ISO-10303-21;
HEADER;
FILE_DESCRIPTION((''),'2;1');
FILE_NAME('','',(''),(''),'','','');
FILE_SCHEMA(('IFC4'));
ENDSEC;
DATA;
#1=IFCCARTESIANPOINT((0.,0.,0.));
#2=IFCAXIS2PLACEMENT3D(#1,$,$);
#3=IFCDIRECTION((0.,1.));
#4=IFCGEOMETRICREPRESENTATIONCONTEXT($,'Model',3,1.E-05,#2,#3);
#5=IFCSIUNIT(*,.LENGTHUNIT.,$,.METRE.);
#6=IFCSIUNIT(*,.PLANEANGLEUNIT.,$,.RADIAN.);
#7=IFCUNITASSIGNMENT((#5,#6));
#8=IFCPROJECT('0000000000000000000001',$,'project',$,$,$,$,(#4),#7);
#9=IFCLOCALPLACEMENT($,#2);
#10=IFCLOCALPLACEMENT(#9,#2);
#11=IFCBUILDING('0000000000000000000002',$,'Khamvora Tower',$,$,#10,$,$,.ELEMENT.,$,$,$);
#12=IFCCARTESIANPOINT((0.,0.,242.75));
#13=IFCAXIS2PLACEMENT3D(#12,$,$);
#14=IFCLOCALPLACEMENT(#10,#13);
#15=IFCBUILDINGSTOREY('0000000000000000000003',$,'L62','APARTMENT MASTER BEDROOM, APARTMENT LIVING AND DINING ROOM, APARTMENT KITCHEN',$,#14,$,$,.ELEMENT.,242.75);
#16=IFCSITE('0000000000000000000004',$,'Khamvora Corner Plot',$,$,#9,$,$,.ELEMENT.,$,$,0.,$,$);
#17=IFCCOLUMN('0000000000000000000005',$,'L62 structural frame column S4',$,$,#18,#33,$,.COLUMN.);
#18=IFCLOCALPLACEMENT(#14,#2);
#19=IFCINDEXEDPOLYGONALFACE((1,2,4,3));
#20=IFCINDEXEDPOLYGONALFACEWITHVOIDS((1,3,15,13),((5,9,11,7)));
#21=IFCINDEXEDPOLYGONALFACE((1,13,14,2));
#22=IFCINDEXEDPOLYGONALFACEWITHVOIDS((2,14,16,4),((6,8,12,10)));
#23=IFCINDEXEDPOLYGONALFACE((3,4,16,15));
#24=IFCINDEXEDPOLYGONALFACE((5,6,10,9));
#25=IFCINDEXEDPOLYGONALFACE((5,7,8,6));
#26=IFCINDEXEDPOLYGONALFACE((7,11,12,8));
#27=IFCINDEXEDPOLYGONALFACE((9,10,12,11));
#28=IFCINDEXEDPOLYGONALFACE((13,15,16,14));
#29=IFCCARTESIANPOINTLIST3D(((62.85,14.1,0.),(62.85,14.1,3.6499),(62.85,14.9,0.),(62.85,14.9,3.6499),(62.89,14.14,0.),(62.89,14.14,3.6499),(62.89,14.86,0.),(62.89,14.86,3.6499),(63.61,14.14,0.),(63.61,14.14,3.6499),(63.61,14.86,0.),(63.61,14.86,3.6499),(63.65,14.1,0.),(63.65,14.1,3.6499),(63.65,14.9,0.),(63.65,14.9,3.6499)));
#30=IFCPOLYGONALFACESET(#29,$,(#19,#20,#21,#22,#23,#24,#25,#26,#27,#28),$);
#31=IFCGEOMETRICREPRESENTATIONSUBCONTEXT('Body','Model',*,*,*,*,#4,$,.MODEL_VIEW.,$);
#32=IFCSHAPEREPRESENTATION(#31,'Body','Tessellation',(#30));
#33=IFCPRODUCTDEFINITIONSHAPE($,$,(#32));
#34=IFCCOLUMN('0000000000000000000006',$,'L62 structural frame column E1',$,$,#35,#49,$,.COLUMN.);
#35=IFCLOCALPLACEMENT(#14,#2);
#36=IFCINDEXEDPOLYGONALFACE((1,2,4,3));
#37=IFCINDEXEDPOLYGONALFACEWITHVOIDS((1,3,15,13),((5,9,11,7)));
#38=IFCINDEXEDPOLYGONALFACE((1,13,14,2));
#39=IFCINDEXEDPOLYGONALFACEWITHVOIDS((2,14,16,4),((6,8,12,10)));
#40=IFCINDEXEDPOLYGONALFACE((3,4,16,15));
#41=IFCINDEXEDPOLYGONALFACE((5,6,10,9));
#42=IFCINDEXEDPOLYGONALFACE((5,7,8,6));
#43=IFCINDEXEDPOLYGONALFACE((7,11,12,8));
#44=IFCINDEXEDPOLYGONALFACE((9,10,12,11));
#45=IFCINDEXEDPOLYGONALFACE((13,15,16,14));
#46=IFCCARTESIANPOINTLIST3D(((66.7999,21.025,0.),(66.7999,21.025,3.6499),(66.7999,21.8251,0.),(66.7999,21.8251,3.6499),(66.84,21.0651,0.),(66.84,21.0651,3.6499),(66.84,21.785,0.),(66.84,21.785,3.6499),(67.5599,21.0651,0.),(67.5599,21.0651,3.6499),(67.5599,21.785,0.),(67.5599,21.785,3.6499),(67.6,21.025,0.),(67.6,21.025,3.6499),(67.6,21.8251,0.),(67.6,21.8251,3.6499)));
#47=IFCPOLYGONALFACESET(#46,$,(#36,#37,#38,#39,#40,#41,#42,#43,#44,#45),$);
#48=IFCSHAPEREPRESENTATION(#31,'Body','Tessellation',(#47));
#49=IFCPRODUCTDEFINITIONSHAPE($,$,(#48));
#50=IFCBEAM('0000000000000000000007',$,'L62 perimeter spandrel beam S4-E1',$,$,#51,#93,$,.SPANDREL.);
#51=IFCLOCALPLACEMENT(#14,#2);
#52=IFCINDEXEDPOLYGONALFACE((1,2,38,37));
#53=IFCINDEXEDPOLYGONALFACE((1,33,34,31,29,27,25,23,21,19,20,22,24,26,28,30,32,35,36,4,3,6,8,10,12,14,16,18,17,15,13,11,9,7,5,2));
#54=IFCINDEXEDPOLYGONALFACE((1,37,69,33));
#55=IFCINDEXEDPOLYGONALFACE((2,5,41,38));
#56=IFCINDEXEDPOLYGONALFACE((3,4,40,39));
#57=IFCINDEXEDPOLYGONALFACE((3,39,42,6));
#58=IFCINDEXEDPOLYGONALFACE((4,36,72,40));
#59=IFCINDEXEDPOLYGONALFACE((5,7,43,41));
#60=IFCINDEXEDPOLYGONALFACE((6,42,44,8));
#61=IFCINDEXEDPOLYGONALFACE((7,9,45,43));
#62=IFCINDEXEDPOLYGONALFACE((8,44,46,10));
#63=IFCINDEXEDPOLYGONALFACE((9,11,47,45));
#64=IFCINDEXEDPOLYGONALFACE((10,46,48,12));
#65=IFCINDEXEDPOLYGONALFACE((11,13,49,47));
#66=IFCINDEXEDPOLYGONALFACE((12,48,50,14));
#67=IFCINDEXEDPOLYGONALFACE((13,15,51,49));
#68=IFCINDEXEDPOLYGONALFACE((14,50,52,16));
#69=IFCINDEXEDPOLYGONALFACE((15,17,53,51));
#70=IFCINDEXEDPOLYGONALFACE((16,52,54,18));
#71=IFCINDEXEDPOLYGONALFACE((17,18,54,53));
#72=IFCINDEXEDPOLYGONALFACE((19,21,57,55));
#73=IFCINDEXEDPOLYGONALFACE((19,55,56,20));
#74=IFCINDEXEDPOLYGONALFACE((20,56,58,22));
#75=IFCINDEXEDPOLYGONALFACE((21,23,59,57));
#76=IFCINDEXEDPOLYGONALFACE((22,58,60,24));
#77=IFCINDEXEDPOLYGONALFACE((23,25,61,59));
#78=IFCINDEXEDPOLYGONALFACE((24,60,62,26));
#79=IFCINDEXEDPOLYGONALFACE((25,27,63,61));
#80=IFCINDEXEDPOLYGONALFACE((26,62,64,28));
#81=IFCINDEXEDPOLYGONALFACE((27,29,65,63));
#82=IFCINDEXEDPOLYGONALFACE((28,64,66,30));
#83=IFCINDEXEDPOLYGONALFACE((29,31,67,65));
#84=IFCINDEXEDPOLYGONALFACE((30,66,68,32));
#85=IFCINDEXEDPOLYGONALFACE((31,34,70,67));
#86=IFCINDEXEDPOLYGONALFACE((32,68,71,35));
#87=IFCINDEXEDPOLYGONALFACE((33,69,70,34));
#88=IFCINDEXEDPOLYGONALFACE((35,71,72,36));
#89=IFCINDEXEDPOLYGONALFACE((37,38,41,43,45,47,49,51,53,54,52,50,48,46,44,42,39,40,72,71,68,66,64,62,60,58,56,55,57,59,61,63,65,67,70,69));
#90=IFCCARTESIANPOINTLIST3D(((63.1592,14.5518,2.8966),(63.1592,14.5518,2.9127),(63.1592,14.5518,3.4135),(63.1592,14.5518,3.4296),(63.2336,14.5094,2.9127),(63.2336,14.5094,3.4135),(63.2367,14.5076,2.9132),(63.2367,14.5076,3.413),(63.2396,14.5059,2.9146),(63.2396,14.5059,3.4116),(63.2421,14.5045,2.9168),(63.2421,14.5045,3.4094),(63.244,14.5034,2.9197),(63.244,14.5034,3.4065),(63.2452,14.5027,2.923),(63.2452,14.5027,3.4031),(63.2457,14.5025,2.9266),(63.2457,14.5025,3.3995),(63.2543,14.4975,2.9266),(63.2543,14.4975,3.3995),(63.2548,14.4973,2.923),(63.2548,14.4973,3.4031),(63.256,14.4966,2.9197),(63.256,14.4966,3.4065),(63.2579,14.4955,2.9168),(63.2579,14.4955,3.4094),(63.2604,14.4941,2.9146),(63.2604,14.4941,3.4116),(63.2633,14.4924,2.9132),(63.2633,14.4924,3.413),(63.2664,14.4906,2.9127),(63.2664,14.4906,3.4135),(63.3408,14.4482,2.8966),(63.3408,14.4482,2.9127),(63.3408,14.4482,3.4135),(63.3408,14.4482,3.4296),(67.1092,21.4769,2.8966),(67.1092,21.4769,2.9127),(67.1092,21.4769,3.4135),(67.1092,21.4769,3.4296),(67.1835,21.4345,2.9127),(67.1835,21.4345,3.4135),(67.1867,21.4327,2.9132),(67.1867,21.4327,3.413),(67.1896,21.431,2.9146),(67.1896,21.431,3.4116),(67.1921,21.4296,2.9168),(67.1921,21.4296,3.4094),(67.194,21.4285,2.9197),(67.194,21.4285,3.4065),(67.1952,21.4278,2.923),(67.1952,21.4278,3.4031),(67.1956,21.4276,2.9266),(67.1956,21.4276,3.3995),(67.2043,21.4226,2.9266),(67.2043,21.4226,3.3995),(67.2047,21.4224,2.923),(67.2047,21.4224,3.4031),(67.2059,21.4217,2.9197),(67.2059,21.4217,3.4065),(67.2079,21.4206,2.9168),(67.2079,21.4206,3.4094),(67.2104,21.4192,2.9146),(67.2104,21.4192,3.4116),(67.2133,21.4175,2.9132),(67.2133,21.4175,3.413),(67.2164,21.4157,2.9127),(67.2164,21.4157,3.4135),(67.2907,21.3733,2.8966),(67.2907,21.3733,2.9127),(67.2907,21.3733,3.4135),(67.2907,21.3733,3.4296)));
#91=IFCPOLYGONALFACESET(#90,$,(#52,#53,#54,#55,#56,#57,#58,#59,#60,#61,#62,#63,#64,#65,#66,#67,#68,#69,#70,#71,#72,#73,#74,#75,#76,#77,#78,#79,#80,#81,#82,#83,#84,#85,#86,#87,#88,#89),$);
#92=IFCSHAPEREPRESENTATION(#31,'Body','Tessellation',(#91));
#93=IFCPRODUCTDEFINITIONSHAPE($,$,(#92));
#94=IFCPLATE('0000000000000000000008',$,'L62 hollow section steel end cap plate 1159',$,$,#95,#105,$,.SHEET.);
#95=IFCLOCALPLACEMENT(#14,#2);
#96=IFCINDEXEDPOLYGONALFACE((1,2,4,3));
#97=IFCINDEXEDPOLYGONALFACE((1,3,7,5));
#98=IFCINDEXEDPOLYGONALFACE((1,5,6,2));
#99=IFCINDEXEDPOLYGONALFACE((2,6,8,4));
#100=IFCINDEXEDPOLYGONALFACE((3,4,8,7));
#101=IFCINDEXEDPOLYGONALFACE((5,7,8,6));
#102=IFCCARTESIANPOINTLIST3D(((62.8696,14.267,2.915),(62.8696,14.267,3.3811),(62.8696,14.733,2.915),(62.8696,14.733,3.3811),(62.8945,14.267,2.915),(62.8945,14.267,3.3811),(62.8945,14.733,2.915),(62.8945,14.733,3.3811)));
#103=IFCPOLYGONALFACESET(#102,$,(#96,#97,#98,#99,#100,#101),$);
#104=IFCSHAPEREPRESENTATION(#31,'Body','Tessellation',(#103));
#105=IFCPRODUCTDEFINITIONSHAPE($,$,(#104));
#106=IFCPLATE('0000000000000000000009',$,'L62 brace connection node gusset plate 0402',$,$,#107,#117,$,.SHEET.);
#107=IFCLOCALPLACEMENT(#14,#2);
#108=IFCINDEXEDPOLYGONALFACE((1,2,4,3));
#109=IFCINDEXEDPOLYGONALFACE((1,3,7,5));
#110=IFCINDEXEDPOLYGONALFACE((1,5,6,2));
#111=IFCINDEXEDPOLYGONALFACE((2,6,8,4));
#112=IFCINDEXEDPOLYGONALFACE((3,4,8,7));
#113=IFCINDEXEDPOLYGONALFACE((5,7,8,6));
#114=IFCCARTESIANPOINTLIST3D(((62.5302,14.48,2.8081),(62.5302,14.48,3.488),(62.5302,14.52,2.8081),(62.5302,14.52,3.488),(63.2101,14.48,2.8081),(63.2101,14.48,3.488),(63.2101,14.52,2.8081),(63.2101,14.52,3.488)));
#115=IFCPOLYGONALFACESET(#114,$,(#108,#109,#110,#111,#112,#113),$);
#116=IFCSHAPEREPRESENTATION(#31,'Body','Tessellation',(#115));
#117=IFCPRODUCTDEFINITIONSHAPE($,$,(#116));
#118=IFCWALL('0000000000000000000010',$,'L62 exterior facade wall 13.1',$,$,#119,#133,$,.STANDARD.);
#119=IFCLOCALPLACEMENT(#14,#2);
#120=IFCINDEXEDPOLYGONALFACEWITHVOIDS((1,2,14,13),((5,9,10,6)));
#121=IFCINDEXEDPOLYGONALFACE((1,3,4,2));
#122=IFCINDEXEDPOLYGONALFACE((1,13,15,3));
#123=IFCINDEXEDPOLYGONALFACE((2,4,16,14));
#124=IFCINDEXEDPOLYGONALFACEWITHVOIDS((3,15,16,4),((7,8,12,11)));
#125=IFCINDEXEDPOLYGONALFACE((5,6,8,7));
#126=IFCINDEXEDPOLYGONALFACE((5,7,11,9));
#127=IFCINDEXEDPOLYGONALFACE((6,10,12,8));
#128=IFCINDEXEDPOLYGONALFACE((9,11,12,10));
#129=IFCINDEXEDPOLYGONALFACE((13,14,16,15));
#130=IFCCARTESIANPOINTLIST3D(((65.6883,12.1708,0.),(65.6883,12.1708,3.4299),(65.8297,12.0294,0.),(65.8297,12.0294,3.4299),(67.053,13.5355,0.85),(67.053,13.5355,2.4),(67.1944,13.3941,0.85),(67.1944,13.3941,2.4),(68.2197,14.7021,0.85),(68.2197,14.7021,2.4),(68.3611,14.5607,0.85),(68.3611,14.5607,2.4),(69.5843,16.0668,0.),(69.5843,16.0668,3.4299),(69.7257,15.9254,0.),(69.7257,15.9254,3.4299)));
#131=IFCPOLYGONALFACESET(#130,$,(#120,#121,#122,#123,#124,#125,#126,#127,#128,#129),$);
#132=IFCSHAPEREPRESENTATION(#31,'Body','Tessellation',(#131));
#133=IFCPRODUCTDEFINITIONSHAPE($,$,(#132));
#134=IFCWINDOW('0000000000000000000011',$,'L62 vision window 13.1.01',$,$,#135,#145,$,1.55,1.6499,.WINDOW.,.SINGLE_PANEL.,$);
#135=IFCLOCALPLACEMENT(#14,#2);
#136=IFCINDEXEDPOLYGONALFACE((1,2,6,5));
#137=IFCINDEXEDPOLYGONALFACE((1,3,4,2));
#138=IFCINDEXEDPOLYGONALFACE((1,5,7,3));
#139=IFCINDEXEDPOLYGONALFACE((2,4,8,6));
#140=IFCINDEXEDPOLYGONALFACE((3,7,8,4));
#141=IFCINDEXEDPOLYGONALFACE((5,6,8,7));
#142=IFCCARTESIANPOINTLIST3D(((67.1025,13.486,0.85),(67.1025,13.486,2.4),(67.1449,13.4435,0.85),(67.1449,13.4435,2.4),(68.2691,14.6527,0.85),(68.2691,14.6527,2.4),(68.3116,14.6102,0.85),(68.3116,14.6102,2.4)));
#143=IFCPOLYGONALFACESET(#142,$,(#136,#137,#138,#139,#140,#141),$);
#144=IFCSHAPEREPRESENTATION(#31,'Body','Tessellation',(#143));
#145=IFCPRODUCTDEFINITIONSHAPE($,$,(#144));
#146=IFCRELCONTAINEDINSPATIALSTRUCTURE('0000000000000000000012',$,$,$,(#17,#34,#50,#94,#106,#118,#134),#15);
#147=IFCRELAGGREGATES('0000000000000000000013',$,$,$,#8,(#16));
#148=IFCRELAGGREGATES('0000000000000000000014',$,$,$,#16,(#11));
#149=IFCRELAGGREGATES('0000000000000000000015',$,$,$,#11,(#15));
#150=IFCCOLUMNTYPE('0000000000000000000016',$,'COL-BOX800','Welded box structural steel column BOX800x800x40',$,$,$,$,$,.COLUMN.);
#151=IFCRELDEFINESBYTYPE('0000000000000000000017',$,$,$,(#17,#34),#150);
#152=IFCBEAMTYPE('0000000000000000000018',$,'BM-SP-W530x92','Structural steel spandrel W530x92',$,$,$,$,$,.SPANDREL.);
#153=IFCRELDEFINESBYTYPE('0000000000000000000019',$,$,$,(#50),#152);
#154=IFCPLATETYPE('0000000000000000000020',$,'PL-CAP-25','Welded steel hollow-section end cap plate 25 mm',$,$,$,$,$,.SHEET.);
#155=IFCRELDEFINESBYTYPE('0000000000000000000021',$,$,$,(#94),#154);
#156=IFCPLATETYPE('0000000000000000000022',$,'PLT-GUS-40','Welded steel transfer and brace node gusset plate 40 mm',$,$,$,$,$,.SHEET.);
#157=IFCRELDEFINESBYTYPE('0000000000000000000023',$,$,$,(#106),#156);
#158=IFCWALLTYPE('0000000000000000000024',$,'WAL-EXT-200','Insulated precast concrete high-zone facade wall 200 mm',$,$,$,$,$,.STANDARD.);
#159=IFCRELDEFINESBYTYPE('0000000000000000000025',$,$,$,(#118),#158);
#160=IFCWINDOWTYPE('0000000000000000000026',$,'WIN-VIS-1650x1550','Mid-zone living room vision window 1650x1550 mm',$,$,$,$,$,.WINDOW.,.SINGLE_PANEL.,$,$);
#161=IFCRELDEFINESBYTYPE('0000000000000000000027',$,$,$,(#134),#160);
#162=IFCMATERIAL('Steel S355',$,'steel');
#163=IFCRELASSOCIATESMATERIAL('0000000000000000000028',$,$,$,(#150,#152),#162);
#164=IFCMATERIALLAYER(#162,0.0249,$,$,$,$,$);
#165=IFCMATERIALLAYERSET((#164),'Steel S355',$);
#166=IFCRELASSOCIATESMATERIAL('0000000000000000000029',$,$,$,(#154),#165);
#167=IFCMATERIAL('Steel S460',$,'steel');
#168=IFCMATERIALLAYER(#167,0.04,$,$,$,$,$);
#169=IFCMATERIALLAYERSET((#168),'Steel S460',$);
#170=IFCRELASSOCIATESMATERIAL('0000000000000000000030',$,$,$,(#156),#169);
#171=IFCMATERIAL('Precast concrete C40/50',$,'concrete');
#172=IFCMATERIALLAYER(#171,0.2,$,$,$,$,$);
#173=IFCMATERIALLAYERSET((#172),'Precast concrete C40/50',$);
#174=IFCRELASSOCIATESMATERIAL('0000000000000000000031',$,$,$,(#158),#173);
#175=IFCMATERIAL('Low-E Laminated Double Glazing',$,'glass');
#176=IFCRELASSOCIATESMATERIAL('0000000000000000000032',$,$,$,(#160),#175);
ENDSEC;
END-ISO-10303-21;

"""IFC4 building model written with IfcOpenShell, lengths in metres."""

from ifc_helpers import new_model, si_unit, direction, frame, frame_2d, origin, origin_2d, place, context, subcontext, project, spatial, rectangle, hollow_rectangle, i_section, extrude, material, layer, layer_set, material_profile, profile_set, type_object, element, fill, save


model = new_model("IFC4")

# Units and contexts
model_context = context("Model", 3, precision=1e-05, world=origin(), true_north=direction((0.0, 1.0)))
body_context = subcontext(model_context, "Body", "Model", "MODEL_VIEW")
ifc_project = project(units=[si_unit("LENGTHUNIT", "METRE"), si_unit("PLANEANGLEUNIT", "RADIAN")], contexts=[model_context])

# Site, building, storey
site_placement = place(None, origin())
site = spatial("IfcSite", under=ifc_project, at=site_placement, Name="Khamvora Corner Plot", CompositionType="ELEMENT", RefElevation=0.0)
building_placement = place(site_placement, origin())
building = spatial("IfcBuilding", under=site, at=building_placement, Name="Khamvora Tower", CompositionType="ELEMENT")
storey_placement = place(building_placement, frame((0.0, 0.0, 242.75)))
storey = spatial("IfcBuildingStorey", under=building, at=storey_placement, Name="L62", Description="APARTMENT MASTER BEDROOM, APARTMENT LIVING AND DINING ROOM, APARTMENT KITCHEN", CompositionType="ELEMENT", Elevation=242.75)

# Columns
ifc_material_1 = material(Name="Steel S355", Category="steel")
ifc_material_profile_1 = material_profile(ifc_material_1, hollow_rectangle(XDim=0.8, YDim=0.8, WallThickness=0.04, at=origin_2d()), Name="BOX800x800x40")
ifc_profile_set_1 = profile_set([ifc_material_profile_1], Name="Steel S355")
column_type = type_object("IfcColumnType", Name="COL-BOX800", Description="Welded box structural steel column BOX800x800x40", PredefinedType="COLUMN", material=ifc_profile_set_1)
for number, where, z_axis, x_axis, name in (
    (1, (63.25, 14.5, 0.0), (0.0, 0.0, 1.0), (1.0, 0.0, 0.0), "L62 structural frame column S4"),
    (2, (67.2, 21.425, 0.0), (0.0, 0.0, 1.0), (1.0, 0.0, 0.0), "L62 structural frame column E1"),
):
    element("IfcColumn", number, at=place(storey_placement, frame(where, z_axis=z_axis, x_axis=x_axis)), inside=storey, type_object=column_type, Name=name, PredefinedType="COLUMN", context=body_context, shape_type="SweptSolid", body=[
        extrude(hollow_rectangle(XDim=0.8, YDim=0.8, WallThickness=0.04, at=origin_2d()), origin(), (0.0, 0.0, 1.0), 3.6499),
    ])

# Beam
ifc_material_profile_2 = material_profile(ifc_material_1, i_section(OverallWidth=0.209, OverallDepth=0.533, WebThickness=0.01, FlangeThickness=0.0161, FilletRadius=0.0139, at=origin_2d()), Name="W530x92")
ifc_profile_set_2 = profile_set([ifc_material_profile_2], Name="Steel S355")
beam_type = type_object("IfcBeamType", Name="BM-SP-W530x92", Description="Structural steel spandrel W530x92", PredefinedType="SPANDREL", material=ifc_profile_set_2)
beam_placement = place(storey_placement, frame((63.25, 14.5, 3.1631), z_axis=(0.495456, 0.868633, 0.0), x_axis=(-0.868633, 0.495456, 0.0)))
element("IfcBeam", 3, at=beam_placement, inside=storey, type_object=beam_type, Name="L62 perimeter spandrel beam S4-E1", PredefinedType="SPANDREL", context=body_context, shape_type="SweptSolid", body=[
    extrude(i_section(OverallWidth=0.209, OverallDepth=0.533, WebThickness=0.01, FlangeThickness=0.0161, FilletRadius=0.0139, at=origin_2d()), origin(), (0.0, 0.0, 1.0), 7.9724),
])

# Plates
ifc_layer_1 = layer(ifc_material_1, 0.0249)
ifc_layer_set_1 = layer_set([ifc_layer_1], Name="Steel S355")
plate_type_1 = type_object("IfcPlateType", Name="PL-CAP-25", Description="Welded steel hollow-section end cap plate 25 mm", PredefinedType="SHEET", material=ifc_layer_set_1)
plate_1_placement = place(storey_placement, frame((62.8821, 14.5, 2.915), z_axis=(0.0, 0.0, 1.0), x_axis=(1.0, 0.0, 0.0)))
element("IfcPlate", 4, at=plate_1_placement, inside=storey, type_object=plate_type_1, Name="L62 hollow section steel end cap plate 1159", PredefinedType="SHEET", context=body_context, shape_type="SweptSolid", body=[
    extrude(rectangle(XDim=0.0249, YDim=0.4661, at=origin_2d()), origin(), (0.0, 0.0, 1.0), 0.4661),
])
ifc_material_2 = material(Name="Steel S460", Category="steel")
ifc_layer_2 = layer(ifc_material_2, 0.04)
ifc_layer_set_2 = layer_set([ifc_layer_2], Name="Steel S460")
plate_type_2 = type_object("IfcPlateType", Name="PLT-GUS-40", Description="Welded steel transfer and brace node gusset plate 40 mm", PredefinedType="SHEET", material=ifc_layer_set_2)
plate_2_placement = place(storey_placement, frame((62.8701, 14.5, 2.8081), z_axis=(0.0, 0.0, 1.0), x_axis=(1.0, 0.0, 0.0)))
element("IfcPlate", 5, at=plate_2_placement, inside=storey, type_object=plate_type_2, Name="L62 brace connection node gusset plate 0402", PredefinedType="SHEET", context=body_context, shape_type="SweptSolid", body=[
    extrude(rectangle(XDim=0.6799, YDim=0.04, at=origin_2d()), origin(), (0.0, 0.0, 1.0), 0.6799),
])

# Wall, opening, window
ifc_material_3 = material(Name="Precast concrete C40/50", Category="concrete")
ifc_layer_3 = layer(ifc_material_3, 0.2)
ifc_layer_set_3 = layer_set([ifc_layer_3], Name="Precast concrete C40/50")
wall_type_1 = type_object("IfcWallType", Name="WAL-EXT-200", Description="Insulated precast concrete high-zone facade wall 200 mm", PredefinedType="STANDARD", material=ifc_layer_set_3)
wall_1_placement = place(storey_placement, frame((69.655, 15.9961, 0.0), z_axis=(0.0, 0.0, 1.0), x_axis=(-0.707107, -0.707107, 0.0)))
wall_1 = element("IfcWall", 6, at=wall_1_placement, inside=storey, type_object=wall_type_1, Name="L62 exterior facade wall 13.1", PredefinedType="STANDARD", context=body_context, shape_type="SweptSolid", body=[
    extrude(rectangle(XDim=5.5098, YDim=0.2, at=frame_2d((2.7549, 0.0))), origin(), (0.0, 0.0, 1.0), 3.4299),
])
opening_1_placement = place(wall_1_placement, frame((1.9299, 0.0, 0.8501)))
opening_1 = element("IfcOpeningElement", 7, at=opening_1_placement, cuts=wall_1, PredefinedType="OPENING", context=body_context, shape_type="SweptSolid", body=[
    extrude(rectangle(XDim=1.6499, YDim=1.55, at=frame_2d((0.825, 0.7749))), frame((0.0, 0.1099, 0.0), z_axis=(0.0, -1.0, 0.0), x_axis=(1.0, 0.0, 0.0)), (0.0, 0.0, 1.0), 0.22),
])
ifc_material_4 = material(Name="Low-E Laminated Double Glazing", Category="glass")
window_type_1 = type_object("IfcWindowType", Name="WIN-VIS-1650x1550", Description="Mid-zone living room vision window 1650x1550 mm", PartitioningType="SINGLE_PANEL", PredefinedType="WINDOW", material=ifc_material_4)
window_1_placement = place(opening_1_placement, origin())
window_1 = element("IfcWindow", 8, at=window_1_placement, inside=storey, type_object=window_type_1, Name="L62 vision window 13.1.01", OverallHeight=1.55, OverallWidth=1.6499, PartitioningType="SINGLE_PANEL", PredefinedType="WINDOW", context=body_context, shape_type="SweptSolid", body=[
    extrude(rectangle(XDim=1.6499, YDim=1.55, at=frame_2d((0.825, 0.7749))), frame((0.0, 0.03, 0.0), z_axis=(0.0, -1.0, 0.0), x_axis=(1.0, 0.0, 0.0)), (0.0, 0.0, 1.0), 0.0601),
])
fill(opening_1, window_1)

save(model, "model.ifc")
